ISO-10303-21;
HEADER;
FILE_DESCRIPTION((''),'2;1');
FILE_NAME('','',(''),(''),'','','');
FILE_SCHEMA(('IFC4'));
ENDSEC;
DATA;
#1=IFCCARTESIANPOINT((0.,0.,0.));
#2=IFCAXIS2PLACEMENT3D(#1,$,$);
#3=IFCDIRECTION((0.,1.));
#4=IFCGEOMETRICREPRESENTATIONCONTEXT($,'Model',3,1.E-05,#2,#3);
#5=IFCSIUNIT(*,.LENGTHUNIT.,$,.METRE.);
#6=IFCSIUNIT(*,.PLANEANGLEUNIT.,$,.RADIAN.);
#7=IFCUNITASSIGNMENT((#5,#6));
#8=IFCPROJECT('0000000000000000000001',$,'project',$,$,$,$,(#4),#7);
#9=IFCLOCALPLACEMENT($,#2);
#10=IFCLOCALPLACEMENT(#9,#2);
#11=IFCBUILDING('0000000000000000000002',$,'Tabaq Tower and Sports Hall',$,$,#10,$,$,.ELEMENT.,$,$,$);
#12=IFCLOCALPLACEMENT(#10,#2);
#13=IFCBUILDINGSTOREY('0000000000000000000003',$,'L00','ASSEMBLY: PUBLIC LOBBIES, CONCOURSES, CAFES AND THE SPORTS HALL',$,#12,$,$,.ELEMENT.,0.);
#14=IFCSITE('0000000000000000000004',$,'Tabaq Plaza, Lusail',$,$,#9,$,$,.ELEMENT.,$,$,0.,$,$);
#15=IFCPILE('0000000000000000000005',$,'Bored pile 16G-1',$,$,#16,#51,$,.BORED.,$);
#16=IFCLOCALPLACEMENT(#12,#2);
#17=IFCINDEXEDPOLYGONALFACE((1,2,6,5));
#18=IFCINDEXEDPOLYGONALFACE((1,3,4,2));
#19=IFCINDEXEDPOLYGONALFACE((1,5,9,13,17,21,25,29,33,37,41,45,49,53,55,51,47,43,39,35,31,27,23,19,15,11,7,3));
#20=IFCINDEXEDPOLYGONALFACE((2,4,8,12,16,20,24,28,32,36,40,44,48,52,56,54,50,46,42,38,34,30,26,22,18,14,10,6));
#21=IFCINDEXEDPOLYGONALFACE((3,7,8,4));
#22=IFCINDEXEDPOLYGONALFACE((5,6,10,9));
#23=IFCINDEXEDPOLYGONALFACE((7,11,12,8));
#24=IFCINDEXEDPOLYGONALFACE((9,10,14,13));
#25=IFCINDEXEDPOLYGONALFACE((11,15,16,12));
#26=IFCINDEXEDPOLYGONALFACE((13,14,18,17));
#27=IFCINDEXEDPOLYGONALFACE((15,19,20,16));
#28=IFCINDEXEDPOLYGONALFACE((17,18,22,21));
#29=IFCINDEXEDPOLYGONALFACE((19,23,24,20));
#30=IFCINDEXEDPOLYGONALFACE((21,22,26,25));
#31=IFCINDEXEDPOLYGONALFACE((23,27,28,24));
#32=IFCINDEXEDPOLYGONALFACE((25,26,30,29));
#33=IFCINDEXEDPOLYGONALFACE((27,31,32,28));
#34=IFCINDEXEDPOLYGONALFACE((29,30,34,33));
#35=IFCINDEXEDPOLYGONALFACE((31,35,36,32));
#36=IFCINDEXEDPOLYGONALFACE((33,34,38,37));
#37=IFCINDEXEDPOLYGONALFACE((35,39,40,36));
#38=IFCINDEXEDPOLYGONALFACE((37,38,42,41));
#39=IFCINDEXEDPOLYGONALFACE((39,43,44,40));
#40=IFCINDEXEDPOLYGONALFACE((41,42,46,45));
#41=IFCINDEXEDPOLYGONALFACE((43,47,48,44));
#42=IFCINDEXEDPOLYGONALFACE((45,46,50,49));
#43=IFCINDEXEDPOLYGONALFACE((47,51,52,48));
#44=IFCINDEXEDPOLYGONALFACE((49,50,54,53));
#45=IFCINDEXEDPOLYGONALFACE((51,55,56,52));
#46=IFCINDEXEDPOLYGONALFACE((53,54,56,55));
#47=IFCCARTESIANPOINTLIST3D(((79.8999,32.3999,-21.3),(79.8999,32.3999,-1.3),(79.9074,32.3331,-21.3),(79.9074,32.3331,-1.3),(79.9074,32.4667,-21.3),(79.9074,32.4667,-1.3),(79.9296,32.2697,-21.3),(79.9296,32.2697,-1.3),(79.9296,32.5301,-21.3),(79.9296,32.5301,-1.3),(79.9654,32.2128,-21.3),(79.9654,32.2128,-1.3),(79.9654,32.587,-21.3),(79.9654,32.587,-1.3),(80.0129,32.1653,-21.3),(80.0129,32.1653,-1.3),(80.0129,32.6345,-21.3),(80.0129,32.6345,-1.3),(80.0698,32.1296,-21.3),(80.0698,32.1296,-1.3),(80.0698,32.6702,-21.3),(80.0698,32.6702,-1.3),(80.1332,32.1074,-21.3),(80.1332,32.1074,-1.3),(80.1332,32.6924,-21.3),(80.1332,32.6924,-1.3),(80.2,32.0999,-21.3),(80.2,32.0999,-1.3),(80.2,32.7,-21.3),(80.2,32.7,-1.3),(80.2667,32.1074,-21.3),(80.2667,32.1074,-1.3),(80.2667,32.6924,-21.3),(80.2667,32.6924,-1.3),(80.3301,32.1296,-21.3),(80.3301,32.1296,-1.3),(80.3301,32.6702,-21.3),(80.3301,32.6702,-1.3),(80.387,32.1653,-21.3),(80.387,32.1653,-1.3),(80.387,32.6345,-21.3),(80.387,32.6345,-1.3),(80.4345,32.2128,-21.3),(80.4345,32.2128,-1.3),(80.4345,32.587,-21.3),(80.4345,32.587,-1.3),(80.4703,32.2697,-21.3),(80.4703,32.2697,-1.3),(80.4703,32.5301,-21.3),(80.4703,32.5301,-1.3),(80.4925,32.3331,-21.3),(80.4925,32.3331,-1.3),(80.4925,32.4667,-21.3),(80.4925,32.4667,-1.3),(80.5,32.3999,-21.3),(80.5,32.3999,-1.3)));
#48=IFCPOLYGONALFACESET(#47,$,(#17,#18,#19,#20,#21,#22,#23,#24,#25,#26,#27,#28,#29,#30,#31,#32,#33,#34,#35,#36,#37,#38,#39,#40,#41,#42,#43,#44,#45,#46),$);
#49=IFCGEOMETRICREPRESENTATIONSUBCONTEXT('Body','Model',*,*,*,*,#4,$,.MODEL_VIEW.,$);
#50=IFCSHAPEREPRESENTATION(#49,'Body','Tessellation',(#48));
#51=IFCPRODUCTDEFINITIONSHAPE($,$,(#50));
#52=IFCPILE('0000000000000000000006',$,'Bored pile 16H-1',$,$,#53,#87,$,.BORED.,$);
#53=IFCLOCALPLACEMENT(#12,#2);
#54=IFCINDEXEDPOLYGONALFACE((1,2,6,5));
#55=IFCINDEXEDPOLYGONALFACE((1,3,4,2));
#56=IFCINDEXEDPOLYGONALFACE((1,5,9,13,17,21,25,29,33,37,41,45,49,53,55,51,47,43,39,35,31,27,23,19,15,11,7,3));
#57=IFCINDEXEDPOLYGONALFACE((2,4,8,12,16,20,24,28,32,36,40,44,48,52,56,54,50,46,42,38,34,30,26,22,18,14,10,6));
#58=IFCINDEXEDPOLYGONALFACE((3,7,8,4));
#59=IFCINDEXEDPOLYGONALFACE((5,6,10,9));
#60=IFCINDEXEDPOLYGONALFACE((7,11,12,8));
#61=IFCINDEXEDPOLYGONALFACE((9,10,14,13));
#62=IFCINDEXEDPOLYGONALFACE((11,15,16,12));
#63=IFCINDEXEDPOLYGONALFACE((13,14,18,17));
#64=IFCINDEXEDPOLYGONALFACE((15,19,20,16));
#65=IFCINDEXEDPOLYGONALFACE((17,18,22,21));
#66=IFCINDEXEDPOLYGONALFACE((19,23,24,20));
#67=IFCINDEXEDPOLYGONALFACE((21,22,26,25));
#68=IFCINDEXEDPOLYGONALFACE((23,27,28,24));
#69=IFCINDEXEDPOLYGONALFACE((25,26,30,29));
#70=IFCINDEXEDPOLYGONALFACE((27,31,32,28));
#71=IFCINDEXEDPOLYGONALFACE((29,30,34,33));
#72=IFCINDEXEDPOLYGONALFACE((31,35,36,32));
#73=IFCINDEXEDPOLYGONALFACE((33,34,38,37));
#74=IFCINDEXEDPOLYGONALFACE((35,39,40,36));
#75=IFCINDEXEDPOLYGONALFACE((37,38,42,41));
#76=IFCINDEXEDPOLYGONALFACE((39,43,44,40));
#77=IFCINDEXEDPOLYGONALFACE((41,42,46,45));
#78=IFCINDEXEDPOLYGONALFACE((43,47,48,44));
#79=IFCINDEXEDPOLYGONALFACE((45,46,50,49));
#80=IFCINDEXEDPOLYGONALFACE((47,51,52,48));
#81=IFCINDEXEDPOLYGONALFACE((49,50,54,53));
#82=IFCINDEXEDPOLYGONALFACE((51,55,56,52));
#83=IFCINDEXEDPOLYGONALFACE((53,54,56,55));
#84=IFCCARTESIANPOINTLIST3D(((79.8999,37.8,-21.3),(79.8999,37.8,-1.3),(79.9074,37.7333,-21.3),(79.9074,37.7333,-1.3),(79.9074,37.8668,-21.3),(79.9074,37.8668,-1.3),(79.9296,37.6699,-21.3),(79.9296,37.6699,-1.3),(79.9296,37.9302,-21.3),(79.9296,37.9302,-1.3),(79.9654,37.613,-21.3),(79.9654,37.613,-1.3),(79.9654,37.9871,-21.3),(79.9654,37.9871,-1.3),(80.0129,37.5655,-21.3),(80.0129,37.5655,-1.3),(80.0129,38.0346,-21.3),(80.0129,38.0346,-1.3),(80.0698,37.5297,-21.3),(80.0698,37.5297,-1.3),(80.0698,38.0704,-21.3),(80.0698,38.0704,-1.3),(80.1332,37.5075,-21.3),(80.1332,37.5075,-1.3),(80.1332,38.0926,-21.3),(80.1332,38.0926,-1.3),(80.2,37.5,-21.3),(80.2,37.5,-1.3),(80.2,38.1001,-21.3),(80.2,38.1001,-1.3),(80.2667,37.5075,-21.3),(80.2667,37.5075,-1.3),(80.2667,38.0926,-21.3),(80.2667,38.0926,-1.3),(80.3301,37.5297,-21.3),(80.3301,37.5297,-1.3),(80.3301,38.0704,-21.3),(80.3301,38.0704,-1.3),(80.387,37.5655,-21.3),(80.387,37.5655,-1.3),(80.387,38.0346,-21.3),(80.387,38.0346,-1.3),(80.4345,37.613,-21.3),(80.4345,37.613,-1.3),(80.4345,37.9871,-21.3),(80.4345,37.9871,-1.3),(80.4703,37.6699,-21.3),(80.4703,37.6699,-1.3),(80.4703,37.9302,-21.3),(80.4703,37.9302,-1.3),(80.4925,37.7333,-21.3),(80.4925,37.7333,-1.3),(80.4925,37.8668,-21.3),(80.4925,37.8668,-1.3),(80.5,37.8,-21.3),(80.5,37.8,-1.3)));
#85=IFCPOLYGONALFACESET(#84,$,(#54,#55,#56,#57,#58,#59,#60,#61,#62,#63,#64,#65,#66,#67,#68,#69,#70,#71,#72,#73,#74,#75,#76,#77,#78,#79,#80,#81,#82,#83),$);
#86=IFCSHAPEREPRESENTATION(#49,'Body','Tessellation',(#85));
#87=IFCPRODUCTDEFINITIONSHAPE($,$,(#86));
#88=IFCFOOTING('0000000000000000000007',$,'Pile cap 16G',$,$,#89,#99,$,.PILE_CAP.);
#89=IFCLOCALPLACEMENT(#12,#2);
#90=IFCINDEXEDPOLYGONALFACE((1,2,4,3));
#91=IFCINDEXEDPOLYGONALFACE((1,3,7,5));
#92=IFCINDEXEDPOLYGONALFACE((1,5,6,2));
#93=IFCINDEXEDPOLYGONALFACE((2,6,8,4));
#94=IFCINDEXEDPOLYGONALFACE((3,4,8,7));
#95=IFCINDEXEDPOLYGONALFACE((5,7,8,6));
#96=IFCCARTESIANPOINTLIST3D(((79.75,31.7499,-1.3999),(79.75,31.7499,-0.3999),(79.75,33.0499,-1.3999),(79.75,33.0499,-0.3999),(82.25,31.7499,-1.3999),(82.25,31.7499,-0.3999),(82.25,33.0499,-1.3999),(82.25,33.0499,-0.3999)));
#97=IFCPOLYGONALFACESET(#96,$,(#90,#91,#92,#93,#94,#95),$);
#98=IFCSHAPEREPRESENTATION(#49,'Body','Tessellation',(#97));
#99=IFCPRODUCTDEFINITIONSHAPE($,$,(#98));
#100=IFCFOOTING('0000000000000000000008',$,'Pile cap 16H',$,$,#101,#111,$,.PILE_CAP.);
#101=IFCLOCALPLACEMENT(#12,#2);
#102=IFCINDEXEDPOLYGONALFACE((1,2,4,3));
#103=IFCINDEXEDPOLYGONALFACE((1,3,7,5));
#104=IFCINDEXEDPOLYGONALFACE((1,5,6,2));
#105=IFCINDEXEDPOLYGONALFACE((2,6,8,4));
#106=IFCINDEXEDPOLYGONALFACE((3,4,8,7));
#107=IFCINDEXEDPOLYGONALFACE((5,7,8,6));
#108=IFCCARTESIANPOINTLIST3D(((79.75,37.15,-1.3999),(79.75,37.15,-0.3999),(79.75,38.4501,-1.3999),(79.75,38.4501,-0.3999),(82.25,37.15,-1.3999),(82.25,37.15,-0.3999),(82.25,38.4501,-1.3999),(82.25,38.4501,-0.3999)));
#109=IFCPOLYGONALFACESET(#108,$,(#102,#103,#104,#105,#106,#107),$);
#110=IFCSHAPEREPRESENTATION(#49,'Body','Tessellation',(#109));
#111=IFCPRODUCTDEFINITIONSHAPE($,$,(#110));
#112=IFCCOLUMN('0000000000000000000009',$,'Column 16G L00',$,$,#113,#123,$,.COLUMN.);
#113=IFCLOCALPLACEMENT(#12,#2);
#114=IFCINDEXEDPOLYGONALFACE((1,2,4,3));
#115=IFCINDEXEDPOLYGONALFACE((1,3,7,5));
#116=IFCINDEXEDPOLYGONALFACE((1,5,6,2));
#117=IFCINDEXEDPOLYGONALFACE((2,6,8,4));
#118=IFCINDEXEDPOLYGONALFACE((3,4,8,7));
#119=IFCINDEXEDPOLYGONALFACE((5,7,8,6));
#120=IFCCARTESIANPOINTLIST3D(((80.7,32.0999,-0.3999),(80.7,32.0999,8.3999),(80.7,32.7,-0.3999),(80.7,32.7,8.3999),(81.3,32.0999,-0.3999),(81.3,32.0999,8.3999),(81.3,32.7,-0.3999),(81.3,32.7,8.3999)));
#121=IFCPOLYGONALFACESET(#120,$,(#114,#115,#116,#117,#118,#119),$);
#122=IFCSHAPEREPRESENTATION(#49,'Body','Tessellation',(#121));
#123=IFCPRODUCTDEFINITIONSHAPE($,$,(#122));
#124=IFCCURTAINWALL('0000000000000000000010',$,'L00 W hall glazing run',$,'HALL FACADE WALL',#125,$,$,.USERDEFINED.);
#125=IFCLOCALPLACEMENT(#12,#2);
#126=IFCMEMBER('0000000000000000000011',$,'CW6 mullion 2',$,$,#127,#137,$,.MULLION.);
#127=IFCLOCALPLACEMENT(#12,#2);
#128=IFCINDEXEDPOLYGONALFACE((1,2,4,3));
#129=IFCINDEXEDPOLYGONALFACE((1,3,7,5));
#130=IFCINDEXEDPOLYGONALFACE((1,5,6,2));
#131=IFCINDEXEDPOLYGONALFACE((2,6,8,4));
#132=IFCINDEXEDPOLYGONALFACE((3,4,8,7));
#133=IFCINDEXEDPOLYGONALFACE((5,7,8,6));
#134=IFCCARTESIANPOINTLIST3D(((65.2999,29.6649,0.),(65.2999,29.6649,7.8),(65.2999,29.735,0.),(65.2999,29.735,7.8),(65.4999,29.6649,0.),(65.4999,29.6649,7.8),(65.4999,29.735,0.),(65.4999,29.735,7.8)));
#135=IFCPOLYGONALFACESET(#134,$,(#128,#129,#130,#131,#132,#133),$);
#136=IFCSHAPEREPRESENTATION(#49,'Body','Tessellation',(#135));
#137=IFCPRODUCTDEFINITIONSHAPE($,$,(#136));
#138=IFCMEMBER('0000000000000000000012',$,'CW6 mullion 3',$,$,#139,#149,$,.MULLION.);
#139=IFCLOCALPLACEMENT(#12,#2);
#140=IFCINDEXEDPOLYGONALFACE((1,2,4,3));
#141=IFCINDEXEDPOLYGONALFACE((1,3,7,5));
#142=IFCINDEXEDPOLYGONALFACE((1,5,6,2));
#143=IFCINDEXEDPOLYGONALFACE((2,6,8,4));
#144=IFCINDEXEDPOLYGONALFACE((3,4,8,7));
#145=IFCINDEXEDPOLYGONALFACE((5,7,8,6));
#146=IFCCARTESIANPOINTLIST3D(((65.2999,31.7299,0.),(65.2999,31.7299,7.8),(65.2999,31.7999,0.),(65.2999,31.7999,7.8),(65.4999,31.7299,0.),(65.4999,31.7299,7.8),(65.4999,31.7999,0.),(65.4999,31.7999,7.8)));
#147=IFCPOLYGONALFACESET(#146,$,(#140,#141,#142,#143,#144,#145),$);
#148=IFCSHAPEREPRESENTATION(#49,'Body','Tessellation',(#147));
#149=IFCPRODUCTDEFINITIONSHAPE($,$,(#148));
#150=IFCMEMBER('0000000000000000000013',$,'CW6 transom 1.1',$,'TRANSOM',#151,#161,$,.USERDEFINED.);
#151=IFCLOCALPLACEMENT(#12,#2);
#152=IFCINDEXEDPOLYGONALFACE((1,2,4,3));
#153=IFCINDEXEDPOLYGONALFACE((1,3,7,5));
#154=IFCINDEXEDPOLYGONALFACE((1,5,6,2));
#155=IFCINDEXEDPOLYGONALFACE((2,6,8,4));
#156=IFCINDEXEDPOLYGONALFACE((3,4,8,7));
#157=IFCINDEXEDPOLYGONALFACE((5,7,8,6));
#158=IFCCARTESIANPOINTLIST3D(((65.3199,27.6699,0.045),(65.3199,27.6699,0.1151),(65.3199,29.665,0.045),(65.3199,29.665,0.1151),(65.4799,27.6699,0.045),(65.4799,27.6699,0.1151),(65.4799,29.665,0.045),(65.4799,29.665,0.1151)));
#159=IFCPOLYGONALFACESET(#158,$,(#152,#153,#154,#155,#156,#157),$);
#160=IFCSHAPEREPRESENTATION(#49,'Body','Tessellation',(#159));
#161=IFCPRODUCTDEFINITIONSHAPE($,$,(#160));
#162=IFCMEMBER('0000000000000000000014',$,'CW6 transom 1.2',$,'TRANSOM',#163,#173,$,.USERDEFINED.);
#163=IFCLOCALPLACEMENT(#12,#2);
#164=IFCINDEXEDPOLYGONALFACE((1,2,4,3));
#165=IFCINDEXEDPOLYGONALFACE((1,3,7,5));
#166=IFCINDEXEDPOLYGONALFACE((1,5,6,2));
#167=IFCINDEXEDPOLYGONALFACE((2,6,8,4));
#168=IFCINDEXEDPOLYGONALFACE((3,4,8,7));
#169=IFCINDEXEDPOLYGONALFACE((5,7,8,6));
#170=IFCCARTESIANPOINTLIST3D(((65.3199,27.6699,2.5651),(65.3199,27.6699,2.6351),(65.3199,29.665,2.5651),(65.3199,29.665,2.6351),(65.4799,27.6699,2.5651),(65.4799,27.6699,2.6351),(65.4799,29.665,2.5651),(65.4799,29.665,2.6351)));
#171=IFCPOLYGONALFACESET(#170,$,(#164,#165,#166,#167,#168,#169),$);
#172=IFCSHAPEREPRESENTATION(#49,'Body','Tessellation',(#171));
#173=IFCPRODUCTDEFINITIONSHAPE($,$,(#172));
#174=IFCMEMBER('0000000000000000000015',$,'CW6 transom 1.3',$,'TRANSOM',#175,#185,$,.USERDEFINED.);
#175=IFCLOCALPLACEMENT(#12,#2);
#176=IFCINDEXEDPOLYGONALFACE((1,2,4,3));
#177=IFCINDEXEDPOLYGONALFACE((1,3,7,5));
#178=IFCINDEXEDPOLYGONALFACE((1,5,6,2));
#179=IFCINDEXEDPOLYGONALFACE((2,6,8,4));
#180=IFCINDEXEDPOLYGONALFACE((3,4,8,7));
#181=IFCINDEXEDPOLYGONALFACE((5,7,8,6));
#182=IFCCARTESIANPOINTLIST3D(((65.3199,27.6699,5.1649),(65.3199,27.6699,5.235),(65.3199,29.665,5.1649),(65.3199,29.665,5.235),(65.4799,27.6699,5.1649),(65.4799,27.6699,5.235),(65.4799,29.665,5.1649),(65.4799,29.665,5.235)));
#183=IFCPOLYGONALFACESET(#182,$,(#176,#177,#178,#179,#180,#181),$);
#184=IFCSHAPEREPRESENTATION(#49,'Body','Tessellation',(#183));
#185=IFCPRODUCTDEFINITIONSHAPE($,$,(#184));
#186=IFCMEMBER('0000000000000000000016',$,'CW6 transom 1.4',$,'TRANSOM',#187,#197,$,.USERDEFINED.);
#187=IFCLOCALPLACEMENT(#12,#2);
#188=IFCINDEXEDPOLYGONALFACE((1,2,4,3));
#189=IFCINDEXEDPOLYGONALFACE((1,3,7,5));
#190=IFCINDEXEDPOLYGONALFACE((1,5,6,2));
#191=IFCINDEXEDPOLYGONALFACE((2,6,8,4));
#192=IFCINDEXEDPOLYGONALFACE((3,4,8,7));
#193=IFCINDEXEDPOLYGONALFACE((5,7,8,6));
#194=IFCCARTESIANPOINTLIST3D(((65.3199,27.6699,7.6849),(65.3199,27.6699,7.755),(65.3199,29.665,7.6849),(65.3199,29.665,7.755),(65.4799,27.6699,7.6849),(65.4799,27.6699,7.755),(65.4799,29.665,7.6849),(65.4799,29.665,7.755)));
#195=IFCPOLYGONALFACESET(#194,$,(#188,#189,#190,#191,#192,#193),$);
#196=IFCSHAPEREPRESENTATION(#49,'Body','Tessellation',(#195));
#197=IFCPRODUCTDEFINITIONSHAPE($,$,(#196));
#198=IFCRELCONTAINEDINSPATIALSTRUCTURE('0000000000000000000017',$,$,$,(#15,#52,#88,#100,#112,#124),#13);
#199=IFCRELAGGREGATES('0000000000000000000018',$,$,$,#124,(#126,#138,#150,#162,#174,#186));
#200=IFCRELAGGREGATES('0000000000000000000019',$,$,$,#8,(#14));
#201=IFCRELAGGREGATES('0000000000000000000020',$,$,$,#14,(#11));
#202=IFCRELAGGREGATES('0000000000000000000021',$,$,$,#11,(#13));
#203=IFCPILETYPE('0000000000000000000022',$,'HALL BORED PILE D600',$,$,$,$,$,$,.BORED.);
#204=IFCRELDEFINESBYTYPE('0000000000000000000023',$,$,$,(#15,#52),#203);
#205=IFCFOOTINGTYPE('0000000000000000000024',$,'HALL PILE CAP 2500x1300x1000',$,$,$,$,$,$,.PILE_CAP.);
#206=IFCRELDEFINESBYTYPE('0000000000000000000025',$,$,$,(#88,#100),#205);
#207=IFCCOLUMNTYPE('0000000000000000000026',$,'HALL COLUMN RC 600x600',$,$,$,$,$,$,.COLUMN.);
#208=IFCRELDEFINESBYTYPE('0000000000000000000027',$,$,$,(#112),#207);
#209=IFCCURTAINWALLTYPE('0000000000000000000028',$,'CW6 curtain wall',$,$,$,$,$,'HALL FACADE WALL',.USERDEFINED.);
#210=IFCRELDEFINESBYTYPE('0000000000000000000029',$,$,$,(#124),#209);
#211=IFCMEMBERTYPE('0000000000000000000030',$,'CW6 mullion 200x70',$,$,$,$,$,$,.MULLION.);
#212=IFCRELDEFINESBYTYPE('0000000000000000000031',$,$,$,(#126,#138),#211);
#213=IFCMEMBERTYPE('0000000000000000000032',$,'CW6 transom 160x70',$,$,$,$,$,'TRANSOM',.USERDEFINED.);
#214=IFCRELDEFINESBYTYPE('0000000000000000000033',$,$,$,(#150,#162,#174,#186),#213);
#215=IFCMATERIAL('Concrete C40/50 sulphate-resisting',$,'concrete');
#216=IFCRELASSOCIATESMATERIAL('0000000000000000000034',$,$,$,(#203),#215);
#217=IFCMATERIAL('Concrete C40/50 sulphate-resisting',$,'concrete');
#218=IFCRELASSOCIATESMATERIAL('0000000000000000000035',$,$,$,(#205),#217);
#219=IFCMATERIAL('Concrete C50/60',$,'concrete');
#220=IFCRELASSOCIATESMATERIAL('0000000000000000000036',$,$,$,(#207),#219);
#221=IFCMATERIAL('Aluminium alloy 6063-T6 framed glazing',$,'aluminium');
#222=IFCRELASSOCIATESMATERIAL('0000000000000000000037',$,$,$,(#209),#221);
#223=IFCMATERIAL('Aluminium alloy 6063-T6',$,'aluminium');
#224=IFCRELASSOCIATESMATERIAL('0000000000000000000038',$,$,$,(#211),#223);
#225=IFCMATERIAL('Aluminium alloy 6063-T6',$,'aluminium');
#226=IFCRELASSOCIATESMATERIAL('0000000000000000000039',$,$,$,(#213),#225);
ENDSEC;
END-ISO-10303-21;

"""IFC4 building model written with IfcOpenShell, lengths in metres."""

from ifc_helpers import new_model, si_unit, direction, frame, origin, origin_2d, place, context, subcontext, project, spatial, rectangle, circle, extrude, material, material_profile, profile_set, type_object, element, aggregate, save


model = new_model("IFC4")

# Units and contexts
model_context = context("Model", 3, precision=1e-05, world=origin(), true_north=direction((0.0, 1.0)))
body_context = subcontext(model_context, "Body", "Model", "MODEL_VIEW")
ifc_project = project(units=[si_unit("LENGTHUNIT", "METRE"), si_unit("PLANEANGLEUNIT", "RADIAN")], contexts=[model_context])

# Site, building, storey
site_placement = place(None, origin())
site = spatial("IfcSite", under=ifc_project, at=site_placement, Name="Tabaq Plaza, Lusail", CompositionType="ELEMENT", RefElevation=0.0)
building_placement = place(site_placement, origin())
building = spatial("IfcBuilding", under=site, at=building_placement, Name="Tabaq Tower and Sports Hall", CompositionType="ELEMENT")
storey_placement = place(building_placement, origin())
storey = spatial("IfcBuildingStorey", under=building, at=storey_placement, Name="L00", Description="ASSEMBLY: PUBLIC LOBBIES, CONCOURSES, CAFES AND THE SPORTS HALL", CompositionType="ELEMENT", Elevation=0.0)

# Piles
ifc_material_1 = material(Name="Concrete C40/50 sulphate-resisting", Category="concrete")
ifc_material_profile_1 = material_profile(ifc_material_1, circle(Radius=0.3, at=origin_2d()), Name="D600")
ifc_profile_set_1 = profile_set([ifc_material_profile_1], Name="Concrete C40/50 sulphate-resisting")
pile_type = type_object("IfcPileType", Name="HALL BORED PILE D600", PredefinedType="BORED", material=ifc_profile_set_1)
for number, where, z_axis, x_axis, name in (
    (1, (80.2, 32.3999, -1.3), (0.0, 0.0, -1.0), (1.0, 0.0, 0.0), "Bored pile 16G-1"),
    (2, (80.2, 37.8, -1.3), (0.0, 0.0, -1.0), (1.0, 0.0, 0.0), "Bored pile 16H-1"),
):
    element("IfcPile", number, at=place(storey_placement, frame(where, z_axis=z_axis, x_axis=x_axis)), inside=storey, type_object=pile_type, Name=name, PredefinedType="BORED", context=body_context, shape_type="SweptSolid", body=[
        extrude(circle(Radius=0.3, at=origin_2d()), origin(), (0.0, 0.0, 1.0), 20.0),
    ])

# Footings
ifc_material_2 = material(Name="Concrete C40/50 sulphate-resisting", Category="concrete")
footing_type = type_object("IfcFootingType", Name="HALL PILE CAP 2500x1300x1000", PredefinedType="PILE_CAP", material=ifc_material_2)
for number, where, z_axis, x_axis, name in (
    (3, (81.0, 32.3999, -1.3999), (0.0, 0.0, 1.0), (1.0, 0.0, 0.0), "Pile cap 16G"),
    (4, (81.0, 37.8, -1.3999), (0.0, 0.0, 1.0), (1.0, 0.0, 0.0), "Pile cap 16H"),
):
    element("IfcFooting", number, at=place(storey_placement, frame(where, z_axis=z_axis, x_axis=x_axis)), inside=storey, type_object=footing_type, Name=name, PredefinedType="PILE_CAP", context=body_context, shape_type="SweptSolid", body=[
        extrude(rectangle(XDim=2.5, YDim=1.3, at=origin_2d()), origin(), (0.0, 0.0, 1.0), 1.0),
    ])

# Column
ifc_material_3 = material(Name="Concrete C50/60", Category="concrete")
ifc_material_profile_2 = material_profile(ifc_material_3, rectangle(XDim=0.6001, YDim=0.6001, at=origin_2d()), Name="RC 600x600")
ifc_profile_set_2 = profile_set([ifc_material_profile_2], Name="Concrete C50/60")
column_type = type_object("IfcColumnType", Name="HALL COLUMN RC 600x600", PredefinedType="COLUMN", material=ifc_profile_set_2)
column_placement = place(storey_placement, frame((81.0, 32.3999, -0.3999), z_axis=(0.0, 0.0, 1.0), x_axis=(1.0, 0.0, 0.0)))
element("IfcColumn", 5, at=column_placement, inside=storey, type_object=column_type, Name="Column 16G L00", PredefinedType="COLUMN", context=body_context, shape_type="SweptSolid", body=[
    extrude(rectangle(XDim=0.6001, YDim=0.6001, at=origin_2d()), origin(), (0.0, 0.0, 1.0), 8.7998),
])

# Curtain wall, members
ifc_material_4 = material(Name="Aluminium alloy 6063-T6 framed glazing", Category="aluminium")
curtain_wall_type = type_object("IfcCurtainWallType", Name="CW6 curtain wall", ElementType="HALL FACADE WALL", PredefinedType="USERDEFINED", material=ifc_material_4)
curtain_wall_placement = place(storey_placement, origin())
curtain_wall = element("IfcCurtainWall", 6, at=curtain_wall_placement, inside=storey, type_object=curtain_wall_type, Name="L00 W hall glazing run", ObjectType="HALL FACADE WALL", PredefinedType="USERDEFINED")
ifc_material_5 = material(Name="Aluminium alloy 6063-T6", Category="aluminium")
ifc_material_profile_3 = material_profile(ifc_material_5, rectangle(XDim=0.2, YDim=0.0701, at=origin_2d()), Name="MULLION 200x70")
ifc_profile_set_3 = profile_set([ifc_material_profile_3], Name="Aluminium alloy 6063-T6")
member_type_1 = type_object("IfcMemberType", Name="CW6 mullion 200x70", PredefinedType="MULLION", material=ifc_profile_set_3)
member_1_placement = place(storey_placement, frame((65.3999, 29.7, 0.0), z_axis=(0.0, 0.0, 1.0), x_axis=(-1.0, 0.0, 0.0)))
member_1 = element("IfcMember", 7, at=member_1_placement, type_object=member_type_1, Name="CW6 mullion 2", PredefinedType="MULLION", context=body_context, shape_type="SweptSolid", body=[
    extrude(rectangle(XDim=0.2, YDim=0.0701, at=origin_2d()), origin(), (0.0, 0.0, 1.0), 7.8),
])
member_2_placement = place(storey_placement, frame((65.3999, 31.7649, 0.0), z_axis=(0.0, 0.0, 1.0), x_axis=(-1.0, 0.0, 0.0)))
member_2 = element("IfcMember", 8, at=member_2_placement, type_object=member_type_1, Name="CW6 mullion 3", PredefinedType="MULLION", context=body_context, shape_type="SweptSolid", body=[
    extrude(rectangle(XDim=0.2, YDim=0.0701, at=origin_2d()), origin(), (0.0, 0.0, 1.0), 7.8),
])
ifc_material_6 = material(Name="Aluminium alloy 6063-T6", Category="aluminium")
ifc_material_profile_4 = material_profile(ifc_material_6, rectangle(XDim=0.1599, YDim=0.0701, at=origin_2d()), Name="TRANSOM 160x70")
ifc_profile_set_4 = profile_set([ifc_material_profile_4], Name="Aluminium alloy 6063-T6")
member_type_2 = type_object("IfcMemberType", Name="CW6 transom 160x70", ElementType="TRANSOM", PredefinedType="USERDEFINED", material=ifc_profile_set_4)
member_3_placement = place(storey_placement, frame((65.3999, 27.6699, 0.0801), z_axis=(0.0, 1.0, 0.0), x_axis=(-1.0, 0.0, 0.0)))
member_3 = element("IfcMember", 9, at=member_3_placement, type_object=member_type_2, Name="CW6 transom 1.1", ObjectType="TRANSOM", PredefinedType="USERDEFINED", context=body_context, shape_type="SweptSolid", body=[
    extrude(rectangle(XDim=0.1599, YDim=0.0701, at=origin_2d()), origin(), (0.0, 0.0, 1.0), 1.9951),
])
member_4_placement = place(storey_placement, frame((65.3999, 27.6699, 2.6001), z_axis=(0.0, 1.0, 0.0), x_axis=(-1.0, 0.0, 0.0)))
member_4 = element("IfcMember", 10, at=member_4_placement, type_object=member_type_2, Name="CW6 transom 1.2", ObjectType="TRANSOM", PredefinedType="USERDEFINED", context=body_context, shape_type="SweptSolid", body=[
    extrude(rectangle(XDim=0.1599, YDim=0.0701, at=origin_2d()), origin(), (0.0, 0.0, 1.0), 1.9951),
])
member_5_placement = place(storey_placement, frame((65.3999, 27.6699, 5.2), z_axis=(0.0, 1.0, 0.0), x_axis=(-1.0, 0.0, 0.0)))
member_5 = element("IfcMember", 11, at=member_5_placement, type_object=member_type_2, Name="CW6 transom 1.3", ObjectType="TRANSOM", PredefinedType="USERDEFINED", context=body_context, shape_type="SweptSolid", body=[
    extrude(rectangle(XDim=0.1599, YDim=0.0701, at=origin_2d()), origin(), (0.0, 0.0, 1.0), 1.9951),
])
member_6_placement = place(storey_placement, frame((65.3999, 27.6699, 7.72), z_axis=(0.0, 1.0, 0.0), x_axis=(-1.0, 0.0, 0.0)))
member_6 = element("IfcMember", 12, at=member_6_placement, type_object=member_type_2, Name="CW6 transom 1.4", ObjectType="TRANSOM", PredefinedType="USERDEFINED", context=body_context, shape_type="SweptSolid", body=[
    extrude(rectangle(XDim=0.1599, YDim=0.0701, at=origin_2d()), origin(), (0.0, 0.0, 1.0), 1.9951),
])
aggregate(curtain_wall, [member_1, member_2, member_3, member_4, member_5, member_6])

save(model, "model.ifc")
